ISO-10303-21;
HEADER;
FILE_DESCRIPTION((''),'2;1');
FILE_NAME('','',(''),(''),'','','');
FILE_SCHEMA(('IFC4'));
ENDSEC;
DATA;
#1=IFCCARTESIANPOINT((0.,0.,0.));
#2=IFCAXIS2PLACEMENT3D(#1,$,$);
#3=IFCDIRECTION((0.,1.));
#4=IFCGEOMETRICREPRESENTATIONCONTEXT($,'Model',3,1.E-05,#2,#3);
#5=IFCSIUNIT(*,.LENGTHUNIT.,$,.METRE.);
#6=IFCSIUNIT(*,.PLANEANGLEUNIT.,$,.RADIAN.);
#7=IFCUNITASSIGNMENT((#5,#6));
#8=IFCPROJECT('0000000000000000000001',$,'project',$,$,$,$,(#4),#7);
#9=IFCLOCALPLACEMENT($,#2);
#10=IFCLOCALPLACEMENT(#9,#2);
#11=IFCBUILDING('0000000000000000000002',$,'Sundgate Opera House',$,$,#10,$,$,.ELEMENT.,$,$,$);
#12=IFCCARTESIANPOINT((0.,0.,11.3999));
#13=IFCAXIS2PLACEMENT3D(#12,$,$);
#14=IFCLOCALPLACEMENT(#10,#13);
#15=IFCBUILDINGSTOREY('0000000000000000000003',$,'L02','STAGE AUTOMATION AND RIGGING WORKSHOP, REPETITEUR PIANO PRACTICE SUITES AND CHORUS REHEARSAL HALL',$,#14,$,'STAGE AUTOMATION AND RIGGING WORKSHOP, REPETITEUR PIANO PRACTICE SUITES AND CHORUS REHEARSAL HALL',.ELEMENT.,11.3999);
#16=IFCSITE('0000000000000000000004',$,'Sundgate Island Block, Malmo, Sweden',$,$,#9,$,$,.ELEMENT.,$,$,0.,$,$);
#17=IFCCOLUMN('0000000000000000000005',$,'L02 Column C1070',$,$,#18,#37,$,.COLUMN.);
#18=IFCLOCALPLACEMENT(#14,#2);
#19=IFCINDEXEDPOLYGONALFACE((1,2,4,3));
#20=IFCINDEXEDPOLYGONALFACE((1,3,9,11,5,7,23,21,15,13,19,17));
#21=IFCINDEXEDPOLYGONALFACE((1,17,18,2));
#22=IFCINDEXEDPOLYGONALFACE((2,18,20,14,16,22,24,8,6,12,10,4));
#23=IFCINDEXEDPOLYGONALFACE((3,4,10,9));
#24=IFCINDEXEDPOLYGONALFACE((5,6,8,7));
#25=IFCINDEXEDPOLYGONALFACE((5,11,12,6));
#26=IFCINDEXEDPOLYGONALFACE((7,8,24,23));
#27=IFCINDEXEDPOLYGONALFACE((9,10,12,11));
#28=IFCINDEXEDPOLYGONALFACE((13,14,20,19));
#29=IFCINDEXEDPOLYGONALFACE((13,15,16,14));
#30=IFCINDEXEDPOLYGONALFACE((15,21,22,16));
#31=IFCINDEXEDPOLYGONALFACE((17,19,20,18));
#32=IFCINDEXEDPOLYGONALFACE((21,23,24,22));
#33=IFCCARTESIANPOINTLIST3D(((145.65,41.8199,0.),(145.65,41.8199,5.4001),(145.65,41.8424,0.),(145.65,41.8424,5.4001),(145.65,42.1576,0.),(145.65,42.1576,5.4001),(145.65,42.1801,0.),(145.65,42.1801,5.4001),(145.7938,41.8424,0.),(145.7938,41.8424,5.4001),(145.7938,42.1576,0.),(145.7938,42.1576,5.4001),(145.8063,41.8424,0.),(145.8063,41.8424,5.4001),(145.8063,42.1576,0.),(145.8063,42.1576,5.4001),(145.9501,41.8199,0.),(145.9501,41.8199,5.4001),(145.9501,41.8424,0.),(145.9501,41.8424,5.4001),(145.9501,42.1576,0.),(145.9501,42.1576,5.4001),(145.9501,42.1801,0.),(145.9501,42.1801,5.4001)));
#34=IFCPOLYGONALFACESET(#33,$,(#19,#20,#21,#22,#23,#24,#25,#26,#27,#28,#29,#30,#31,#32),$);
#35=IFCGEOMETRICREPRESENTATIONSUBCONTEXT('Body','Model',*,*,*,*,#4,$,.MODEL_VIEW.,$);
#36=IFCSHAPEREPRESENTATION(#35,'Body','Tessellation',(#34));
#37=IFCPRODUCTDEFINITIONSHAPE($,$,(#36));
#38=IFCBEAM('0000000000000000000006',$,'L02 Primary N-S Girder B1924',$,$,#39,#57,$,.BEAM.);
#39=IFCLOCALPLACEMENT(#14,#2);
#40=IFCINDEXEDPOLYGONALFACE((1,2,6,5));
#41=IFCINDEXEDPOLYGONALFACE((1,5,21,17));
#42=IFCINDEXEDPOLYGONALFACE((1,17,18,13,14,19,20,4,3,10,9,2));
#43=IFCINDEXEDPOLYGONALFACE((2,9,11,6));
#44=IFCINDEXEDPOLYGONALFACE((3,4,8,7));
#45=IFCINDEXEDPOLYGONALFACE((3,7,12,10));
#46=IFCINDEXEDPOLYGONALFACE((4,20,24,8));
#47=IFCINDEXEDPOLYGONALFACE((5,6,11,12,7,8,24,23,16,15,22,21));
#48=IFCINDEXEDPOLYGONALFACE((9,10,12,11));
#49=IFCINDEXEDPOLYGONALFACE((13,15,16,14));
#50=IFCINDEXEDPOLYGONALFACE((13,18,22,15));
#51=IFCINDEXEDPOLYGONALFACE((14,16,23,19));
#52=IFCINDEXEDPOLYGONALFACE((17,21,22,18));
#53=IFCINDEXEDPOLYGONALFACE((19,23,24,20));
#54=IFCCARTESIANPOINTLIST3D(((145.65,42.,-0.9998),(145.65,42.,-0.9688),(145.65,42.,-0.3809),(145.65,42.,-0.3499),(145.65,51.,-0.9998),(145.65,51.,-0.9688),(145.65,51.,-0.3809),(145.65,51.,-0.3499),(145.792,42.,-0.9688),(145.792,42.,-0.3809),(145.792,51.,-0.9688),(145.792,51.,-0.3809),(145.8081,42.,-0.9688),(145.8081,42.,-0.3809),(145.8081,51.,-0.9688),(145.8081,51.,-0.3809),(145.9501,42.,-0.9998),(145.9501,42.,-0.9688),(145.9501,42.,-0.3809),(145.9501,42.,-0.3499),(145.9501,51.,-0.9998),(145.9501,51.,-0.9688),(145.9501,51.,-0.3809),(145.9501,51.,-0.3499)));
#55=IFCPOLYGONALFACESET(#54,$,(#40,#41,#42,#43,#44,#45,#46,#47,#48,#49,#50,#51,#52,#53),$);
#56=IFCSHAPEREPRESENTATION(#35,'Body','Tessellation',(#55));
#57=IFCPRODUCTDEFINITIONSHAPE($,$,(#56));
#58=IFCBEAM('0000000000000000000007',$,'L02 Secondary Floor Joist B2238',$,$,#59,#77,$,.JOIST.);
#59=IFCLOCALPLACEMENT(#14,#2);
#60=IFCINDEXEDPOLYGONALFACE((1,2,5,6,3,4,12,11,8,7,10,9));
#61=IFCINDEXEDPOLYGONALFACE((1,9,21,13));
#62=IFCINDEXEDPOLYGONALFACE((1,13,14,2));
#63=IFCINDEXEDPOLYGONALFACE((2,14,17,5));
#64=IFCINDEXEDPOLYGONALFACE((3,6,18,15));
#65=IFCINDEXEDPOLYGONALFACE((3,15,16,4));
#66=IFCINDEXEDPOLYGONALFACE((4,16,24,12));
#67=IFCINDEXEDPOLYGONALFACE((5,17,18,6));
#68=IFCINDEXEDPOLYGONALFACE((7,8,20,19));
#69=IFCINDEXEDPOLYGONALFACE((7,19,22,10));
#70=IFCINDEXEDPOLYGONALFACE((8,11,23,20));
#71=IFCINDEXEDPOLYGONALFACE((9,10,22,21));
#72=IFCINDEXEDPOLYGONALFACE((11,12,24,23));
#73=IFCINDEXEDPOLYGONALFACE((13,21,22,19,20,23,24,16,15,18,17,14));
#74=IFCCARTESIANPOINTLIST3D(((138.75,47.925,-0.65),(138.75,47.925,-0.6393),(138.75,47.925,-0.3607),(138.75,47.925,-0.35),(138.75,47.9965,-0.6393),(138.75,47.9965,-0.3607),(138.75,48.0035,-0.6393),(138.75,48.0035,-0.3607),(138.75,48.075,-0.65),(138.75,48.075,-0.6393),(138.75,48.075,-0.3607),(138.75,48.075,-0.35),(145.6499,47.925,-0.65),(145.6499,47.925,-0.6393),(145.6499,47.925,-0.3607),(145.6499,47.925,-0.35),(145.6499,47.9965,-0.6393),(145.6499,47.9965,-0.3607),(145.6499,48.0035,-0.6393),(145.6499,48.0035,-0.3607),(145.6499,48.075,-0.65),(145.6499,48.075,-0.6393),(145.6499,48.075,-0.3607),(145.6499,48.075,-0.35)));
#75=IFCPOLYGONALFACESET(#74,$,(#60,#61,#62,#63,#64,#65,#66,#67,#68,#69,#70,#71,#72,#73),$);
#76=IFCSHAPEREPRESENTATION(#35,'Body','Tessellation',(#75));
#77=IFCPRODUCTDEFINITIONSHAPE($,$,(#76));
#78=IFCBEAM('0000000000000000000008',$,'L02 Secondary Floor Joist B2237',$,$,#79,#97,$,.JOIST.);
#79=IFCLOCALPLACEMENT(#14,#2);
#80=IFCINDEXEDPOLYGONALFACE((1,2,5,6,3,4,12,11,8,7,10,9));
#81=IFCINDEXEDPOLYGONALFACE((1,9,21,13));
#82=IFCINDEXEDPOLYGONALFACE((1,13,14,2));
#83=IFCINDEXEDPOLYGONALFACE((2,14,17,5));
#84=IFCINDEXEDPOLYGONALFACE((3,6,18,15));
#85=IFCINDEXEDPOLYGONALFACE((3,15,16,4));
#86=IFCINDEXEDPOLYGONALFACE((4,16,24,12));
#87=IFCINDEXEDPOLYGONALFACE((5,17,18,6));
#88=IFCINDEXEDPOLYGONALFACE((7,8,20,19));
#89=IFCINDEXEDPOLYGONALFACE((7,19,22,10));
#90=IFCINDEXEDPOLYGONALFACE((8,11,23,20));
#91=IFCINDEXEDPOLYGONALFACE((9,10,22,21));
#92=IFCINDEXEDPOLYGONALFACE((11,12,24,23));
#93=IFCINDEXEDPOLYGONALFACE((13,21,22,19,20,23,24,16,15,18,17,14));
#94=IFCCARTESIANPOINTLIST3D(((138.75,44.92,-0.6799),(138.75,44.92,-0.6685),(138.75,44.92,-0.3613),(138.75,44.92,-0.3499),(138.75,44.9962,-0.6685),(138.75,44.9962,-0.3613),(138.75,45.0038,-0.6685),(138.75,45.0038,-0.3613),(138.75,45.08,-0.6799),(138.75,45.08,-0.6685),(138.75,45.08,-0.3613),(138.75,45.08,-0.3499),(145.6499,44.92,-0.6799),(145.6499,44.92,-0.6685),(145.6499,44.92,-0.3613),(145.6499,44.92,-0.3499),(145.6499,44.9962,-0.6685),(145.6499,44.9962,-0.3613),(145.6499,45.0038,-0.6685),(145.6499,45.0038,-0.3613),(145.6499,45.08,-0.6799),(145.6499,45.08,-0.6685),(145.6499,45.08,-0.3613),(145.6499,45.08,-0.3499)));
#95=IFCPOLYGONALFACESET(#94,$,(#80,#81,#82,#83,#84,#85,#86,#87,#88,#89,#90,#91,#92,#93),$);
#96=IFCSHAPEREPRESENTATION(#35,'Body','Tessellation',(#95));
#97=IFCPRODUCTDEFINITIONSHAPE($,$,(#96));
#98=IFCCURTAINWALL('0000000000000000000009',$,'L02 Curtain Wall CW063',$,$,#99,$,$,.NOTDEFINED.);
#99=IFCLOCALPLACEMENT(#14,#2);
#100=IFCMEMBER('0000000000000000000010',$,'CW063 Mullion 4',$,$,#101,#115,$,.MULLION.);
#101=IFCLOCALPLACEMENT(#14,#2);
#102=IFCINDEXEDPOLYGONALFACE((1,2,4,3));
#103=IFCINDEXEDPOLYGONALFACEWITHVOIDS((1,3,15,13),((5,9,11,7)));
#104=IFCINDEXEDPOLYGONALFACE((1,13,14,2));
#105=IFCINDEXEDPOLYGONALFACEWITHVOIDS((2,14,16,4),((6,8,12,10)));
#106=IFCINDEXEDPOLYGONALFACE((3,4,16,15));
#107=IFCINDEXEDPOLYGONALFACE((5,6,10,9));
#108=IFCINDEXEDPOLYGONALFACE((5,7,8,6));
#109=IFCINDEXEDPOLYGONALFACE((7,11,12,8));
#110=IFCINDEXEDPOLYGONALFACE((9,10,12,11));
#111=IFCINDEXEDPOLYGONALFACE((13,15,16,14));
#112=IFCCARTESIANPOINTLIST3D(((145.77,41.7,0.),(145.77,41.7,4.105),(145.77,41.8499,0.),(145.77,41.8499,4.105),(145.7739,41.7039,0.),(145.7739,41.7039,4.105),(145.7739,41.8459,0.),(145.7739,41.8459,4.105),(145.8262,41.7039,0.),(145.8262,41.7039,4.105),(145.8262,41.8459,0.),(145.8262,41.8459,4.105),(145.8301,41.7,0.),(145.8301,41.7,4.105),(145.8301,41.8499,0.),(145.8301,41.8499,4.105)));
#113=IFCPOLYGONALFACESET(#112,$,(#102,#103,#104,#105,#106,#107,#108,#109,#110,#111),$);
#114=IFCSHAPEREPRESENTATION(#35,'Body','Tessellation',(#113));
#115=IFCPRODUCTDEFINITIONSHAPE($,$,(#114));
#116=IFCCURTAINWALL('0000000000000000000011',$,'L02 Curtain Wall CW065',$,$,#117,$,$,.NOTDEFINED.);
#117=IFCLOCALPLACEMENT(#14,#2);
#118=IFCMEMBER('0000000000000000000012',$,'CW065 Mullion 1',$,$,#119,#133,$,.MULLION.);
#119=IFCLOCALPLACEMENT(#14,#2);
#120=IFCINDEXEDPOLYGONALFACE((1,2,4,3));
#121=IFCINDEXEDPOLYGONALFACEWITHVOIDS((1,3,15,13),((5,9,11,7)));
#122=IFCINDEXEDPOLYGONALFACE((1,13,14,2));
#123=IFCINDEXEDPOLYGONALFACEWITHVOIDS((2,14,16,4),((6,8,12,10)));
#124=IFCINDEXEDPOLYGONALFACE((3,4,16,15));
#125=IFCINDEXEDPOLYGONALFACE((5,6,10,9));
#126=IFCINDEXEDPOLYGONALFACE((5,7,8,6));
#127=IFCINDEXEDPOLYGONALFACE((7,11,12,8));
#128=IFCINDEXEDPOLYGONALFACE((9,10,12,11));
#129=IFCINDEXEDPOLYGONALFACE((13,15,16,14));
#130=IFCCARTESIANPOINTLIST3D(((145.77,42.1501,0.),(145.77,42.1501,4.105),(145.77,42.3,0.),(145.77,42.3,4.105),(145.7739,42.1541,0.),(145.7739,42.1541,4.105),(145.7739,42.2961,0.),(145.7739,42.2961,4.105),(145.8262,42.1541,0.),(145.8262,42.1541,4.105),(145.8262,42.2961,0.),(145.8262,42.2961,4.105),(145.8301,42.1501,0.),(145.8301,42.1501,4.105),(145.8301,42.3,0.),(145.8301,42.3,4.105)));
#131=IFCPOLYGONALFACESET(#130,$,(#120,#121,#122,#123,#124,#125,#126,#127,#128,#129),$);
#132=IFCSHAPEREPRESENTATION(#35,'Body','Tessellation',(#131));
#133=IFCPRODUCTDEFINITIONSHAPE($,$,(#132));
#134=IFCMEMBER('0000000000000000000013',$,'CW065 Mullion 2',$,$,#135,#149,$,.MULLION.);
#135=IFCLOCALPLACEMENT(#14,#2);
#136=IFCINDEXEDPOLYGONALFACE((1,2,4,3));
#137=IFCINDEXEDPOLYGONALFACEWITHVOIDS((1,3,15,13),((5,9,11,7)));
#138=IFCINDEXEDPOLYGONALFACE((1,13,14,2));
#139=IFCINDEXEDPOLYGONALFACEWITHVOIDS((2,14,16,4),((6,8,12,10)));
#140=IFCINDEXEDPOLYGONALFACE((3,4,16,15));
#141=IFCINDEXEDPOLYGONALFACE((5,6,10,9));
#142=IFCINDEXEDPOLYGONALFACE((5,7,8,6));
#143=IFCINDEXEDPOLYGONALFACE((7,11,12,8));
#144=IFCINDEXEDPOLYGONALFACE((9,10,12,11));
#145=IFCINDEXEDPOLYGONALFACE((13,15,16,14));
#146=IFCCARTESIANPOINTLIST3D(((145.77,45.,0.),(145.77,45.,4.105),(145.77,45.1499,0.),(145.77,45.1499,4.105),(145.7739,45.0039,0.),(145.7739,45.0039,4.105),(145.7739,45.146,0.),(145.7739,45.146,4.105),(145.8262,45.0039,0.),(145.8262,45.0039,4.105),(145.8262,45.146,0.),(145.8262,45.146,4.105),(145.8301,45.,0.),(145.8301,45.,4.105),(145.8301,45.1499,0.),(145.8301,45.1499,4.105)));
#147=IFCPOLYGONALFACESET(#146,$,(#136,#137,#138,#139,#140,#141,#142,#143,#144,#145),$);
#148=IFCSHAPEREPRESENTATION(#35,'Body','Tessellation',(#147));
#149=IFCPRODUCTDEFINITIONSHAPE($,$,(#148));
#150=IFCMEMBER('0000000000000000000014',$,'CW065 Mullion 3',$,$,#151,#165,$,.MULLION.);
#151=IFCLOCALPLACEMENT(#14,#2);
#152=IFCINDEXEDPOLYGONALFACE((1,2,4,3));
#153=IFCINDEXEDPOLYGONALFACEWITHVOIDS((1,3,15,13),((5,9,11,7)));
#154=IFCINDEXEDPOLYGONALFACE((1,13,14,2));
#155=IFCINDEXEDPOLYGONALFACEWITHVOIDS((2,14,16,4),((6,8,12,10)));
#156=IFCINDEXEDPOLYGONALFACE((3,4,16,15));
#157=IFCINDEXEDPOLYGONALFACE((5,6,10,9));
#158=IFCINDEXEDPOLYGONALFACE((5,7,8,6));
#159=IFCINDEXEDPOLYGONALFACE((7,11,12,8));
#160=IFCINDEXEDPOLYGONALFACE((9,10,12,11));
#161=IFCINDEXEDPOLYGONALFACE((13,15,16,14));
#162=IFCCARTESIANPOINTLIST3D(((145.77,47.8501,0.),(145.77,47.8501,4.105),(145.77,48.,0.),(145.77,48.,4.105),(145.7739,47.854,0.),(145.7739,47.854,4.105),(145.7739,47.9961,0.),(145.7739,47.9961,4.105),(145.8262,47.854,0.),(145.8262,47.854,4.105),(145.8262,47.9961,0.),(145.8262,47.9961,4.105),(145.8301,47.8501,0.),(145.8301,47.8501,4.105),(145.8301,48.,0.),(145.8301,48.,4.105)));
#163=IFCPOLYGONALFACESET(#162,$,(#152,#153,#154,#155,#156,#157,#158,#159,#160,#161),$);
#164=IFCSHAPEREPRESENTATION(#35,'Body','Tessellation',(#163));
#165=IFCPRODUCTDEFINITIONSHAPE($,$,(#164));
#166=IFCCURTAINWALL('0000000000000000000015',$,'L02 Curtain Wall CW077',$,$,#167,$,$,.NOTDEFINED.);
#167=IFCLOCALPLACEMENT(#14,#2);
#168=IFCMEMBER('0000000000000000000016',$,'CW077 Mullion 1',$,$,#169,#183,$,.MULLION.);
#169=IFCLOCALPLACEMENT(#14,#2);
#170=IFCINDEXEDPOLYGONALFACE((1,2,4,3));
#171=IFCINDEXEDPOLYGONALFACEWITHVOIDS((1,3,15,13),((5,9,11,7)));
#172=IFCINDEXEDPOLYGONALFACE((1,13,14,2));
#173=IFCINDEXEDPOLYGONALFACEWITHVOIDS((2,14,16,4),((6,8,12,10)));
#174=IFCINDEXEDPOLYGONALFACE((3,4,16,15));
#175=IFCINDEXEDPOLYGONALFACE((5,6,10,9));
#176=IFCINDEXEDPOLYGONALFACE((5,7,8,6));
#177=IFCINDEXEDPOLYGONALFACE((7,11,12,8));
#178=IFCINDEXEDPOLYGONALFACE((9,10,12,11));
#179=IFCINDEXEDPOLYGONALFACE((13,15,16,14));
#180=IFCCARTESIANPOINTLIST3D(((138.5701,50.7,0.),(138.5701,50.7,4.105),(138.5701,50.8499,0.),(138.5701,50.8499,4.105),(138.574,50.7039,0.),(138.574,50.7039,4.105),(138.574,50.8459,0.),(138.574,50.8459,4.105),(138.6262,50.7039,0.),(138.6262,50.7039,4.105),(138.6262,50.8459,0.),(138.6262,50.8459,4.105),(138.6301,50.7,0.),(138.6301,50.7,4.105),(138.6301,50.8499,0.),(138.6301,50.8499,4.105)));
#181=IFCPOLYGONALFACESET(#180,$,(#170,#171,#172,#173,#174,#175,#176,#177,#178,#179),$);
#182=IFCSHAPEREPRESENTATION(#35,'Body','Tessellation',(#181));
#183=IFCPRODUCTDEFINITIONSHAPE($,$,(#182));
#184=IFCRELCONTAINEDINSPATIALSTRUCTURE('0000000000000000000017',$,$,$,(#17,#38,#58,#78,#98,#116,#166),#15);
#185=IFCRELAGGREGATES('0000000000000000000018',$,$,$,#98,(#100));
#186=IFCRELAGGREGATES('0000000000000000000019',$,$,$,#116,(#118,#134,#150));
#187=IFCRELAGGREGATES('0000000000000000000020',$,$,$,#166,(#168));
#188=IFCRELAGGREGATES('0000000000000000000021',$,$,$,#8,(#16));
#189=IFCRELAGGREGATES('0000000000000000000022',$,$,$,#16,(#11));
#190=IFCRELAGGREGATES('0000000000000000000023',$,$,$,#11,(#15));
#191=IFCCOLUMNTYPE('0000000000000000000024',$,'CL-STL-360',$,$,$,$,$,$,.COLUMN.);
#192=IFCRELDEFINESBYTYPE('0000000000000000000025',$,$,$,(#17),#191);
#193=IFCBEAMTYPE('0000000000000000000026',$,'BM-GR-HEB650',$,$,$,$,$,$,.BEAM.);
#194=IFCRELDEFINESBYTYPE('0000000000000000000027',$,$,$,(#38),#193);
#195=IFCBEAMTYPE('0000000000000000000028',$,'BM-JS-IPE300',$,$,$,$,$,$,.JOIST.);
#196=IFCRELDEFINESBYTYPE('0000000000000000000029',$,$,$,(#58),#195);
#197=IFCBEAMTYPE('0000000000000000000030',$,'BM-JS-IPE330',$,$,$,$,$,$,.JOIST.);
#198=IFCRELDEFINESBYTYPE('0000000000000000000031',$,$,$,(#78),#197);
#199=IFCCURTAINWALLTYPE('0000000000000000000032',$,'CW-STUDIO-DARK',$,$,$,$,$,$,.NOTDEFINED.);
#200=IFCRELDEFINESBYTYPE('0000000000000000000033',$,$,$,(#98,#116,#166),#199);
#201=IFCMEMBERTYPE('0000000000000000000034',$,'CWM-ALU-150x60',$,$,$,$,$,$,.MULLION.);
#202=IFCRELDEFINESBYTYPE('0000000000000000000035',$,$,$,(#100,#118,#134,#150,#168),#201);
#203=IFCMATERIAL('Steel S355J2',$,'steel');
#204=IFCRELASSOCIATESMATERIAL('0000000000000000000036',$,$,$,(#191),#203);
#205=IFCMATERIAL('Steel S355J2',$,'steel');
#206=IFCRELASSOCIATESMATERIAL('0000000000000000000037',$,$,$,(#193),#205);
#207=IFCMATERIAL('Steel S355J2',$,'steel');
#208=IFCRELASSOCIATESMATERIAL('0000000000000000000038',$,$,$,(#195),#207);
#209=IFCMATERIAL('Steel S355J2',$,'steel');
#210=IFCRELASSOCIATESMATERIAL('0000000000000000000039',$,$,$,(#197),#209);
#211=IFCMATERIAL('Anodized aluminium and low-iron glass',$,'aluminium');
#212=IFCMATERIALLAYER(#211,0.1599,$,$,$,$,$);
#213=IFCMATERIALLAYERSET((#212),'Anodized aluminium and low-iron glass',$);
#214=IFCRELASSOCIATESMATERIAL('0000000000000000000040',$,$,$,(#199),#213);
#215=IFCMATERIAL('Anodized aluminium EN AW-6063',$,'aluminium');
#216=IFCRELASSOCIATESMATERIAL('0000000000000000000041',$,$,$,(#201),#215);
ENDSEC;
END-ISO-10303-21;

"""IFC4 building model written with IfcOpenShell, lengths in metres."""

from ifc_helpers import new_model, si_unit, direction, frame, origin, origin_2d, place, context, subcontext, project, spatial, hollow_rectangle, i_section, extrude, material, layer, layer_set, material_profile, profile_set, type_object, element, aggregate, save


model = new_model("IFC4")

# Units and contexts
model_context = context("Model", 3, precision=1e-05, world=origin(), true_north=direction((0.0, 1.0)))
body_context = subcontext(model_context, "Body", "Model", "MODEL_VIEW")
ifc_project = project(units=[si_unit("LENGTHUNIT", "METRE"), si_unit("PLANEANGLEUNIT", "RADIAN")], contexts=[model_context])

# Site, building, storey
site_placement = place(None, origin())
site = spatial("IfcSite", under=ifc_project, at=site_placement, Name="Sundgate Island Block, Malmo, Sweden", CompositionType="ELEMENT", RefElevation=0.0)
building_placement = place(site_placement, origin())
building = spatial("IfcBuilding", under=site, at=building_placement, Name="Sundgate Opera House", CompositionType="ELEMENT")
storey_placement = place(building_placement, frame((0.0, 0.0, 11.3999)))
storey = spatial("IfcBuildingStorey", under=building, at=storey_placement, Name="L02", Description="STAGE AUTOMATION AND RIGGING WORKSHOP, REPETITEUR PIANO PRACTICE SUITES AND CHORUS REHEARSAL HALL", LongName="STAGE AUTOMATION AND RIGGING WORKSHOP, REPETITEUR PIANO PRACTICE SUITES AND CHORUS REHEARSAL HALL", CompositionType="ELEMENT", Elevation=11.3999)

# Column
ifc_material_1 = material(Name="Steel S355J2", Category="steel")
ifc_material_profile_1 = material_profile(ifc_material_1, i_section(OverallWidth=0.3, OverallDepth=0.3601, WebThickness=0.0125, FlangeThickness=0.0225, at=origin_2d()), Name="HEB 360")
ifc_profile_set_1 = profile_set([ifc_material_profile_1], Name="Steel S355J2")
column_type = type_object("IfcColumnType", Name="CL-STL-360", PredefinedType="COLUMN", material=ifc_profile_set_1)
column_placement = place(storey_placement, frame((145.8, 42.0, 0.0), z_axis=(0.0, 0.0, 1.0), x_axis=(1.0, 0.0, 0.0)))
element("IfcColumn", 1, at=column_placement, inside=storey, type_object=column_type, Name="L02 Column C1070", PredefinedType="COLUMN", context=body_context, shape_type="SweptSolid", body=[
    extrude(i_section(OverallWidth=0.3, OverallDepth=0.3601, WebThickness=0.0125, FlangeThickness=0.0225, at=origin_2d()), origin(), (0.0, 0.0, 1.0), 5.4001),
])

# Beams
ifc_material_2 = material(Name="Steel S355J2", Category="steel")
ifc_material_profile_2 = material_profile(ifc_material_2, i_section(OverallWidth=0.3, OverallDepth=0.6499, WebThickness=0.0161, FlangeThickness=0.031, at=origin_2d()), Name="HEB 650")
ifc_profile_set_2 = profile_set([ifc_material_profile_2], Name="Steel S355J2")
beam_type_1 = type_object("IfcBeamType", Name="BM-GR-HEB650", PredefinedType="BEAM", material=ifc_profile_set_2)
beam_1_placement = place(storey_placement, frame((145.8, 42.0, -0.6748), z_axis=(0.0, 1.0, 0.0), x_axis=(-1.0, 0.0, 0.0)))
element("IfcBeam", 2, at=beam_1_placement, inside=storey, type_object=beam_type_1, Name="L02 Primary N-S Girder B1924", PredefinedType="BEAM", context=body_context, shape_type="SweptSolid", body=[
    extrude(i_section(OverallWidth=0.3, OverallDepth=0.6499, WebThickness=0.0161, FlangeThickness=0.031, at=origin_2d()), origin(), (0.0, 0.0, 1.0), 9.0),
])
ifc_material_3 = material(Name="Steel S355J2", Category="steel")
ifc_material_profile_3 = material_profile(ifc_material_3, i_section(OverallWidth=0.1499, OverallDepth=0.3, WebThickness=0.0071, FlangeThickness=0.0107, at=origin_2d()), Name="IPE 300")
ifc_profile_set_3 = profile_set([ifc_material_profile_3], Name="Steel S355J2")
beam_type_2 = type_object("IfcBeamType", Name="BM-JS-IPE300", PredefinedType="JOIST", material=ifc_profile_set_3)
beam_2_placement = place(storey_placement, frame((138.75, 48.0, -0.5), z_axis=(1.0, 0.0, 0.0), x_axis=(0.0, 1.0, 0.0)))
element("IfcBeam", 3, at=beam_2_placement, inside=storey, type_object=beam_type_2, Name="L02 Secondary Floor Joist B2238", PredefinedType="JOIST", context=body_context, shape_type="SweptSolid", body=[
    extrude(i_section(OverallWidth=0.1499, OverallDepth=0.3, WebThickness=0.0071, FlangeThickness=0.0107, at=origin_2d()), origin(), (0.0, 0.0, 1.0), 6.8999),
])
ifc_material_4 = material(Name="Steel S355J2", Category="steel")
ifc_material_profile_4 = material_profile(ifc_material_4, i_section(OverallWidth=0.1599, OverallDepth=0.3301, WebThickness=0.0076, FlangeThickness=0.0115, at=origin_2d()), Name="IPE 330")
ifc_profile_set_4 = profile_set([ifc_material_profile_4], Name="Steel S355J2")
beam_type_3 = type_object("IfcBeamType", Name="BM-JS-IPE330", PredefinedType="JOIST", material=ifc_profile_set_4)
beam_3_placement = place(storey_placement, frame((138.75, 45.0, -0.5149), z_axis=(1.0, 0.0, 0.0), x_axis=(0.0, 1.0, 0.0)))
element("IfcBeam", 4, at=beam_3_placement, inside=storey, type_object=beam_type_3, Name="L02 Secondary Floor Joist B2237", PredefinedType="JOIST", context=body_context, shape_type="SweptSolid", body=[
    extrude(i_section(OverallWidth=0.1599, OverallDepth=0.3301, WebThickness=0.0076, FlangeThickness=0.0115, at=origin_2d()), origin(), (0.0, 0.0, 1.0), 6.8999),
])

# Curtain wall, member
ifc_material_5 = material(Name="Anodized aluminium and low-iron glass", Category="aluminium")
ifc_layer_1 = layer(ifc_material_5, 0.1599)
ifc_layer_set_1 = layer_set([ifc_layer_1], Name="Anodized aluminium and low-iron glass")
curtain_wall_type = type_object("IfcCurtainWallType", Name="CW-STUDIO-DARK", PredefinedType="NOTDEFINED", material=ifc_layer_set_1)
curtain_wall_1_placement = place(storey_placement, origin())
curtain_wall_1 = element("IfcCurtainWall", 5, at=curtain_wall_1_placement, inside=storey, type_object=curtain_wall_type, Name="L02 Curtain Wall CW063", PredefinedType="NOTDEFINED")
ifc_material_6 = material(Name="Anodized aluminium EN AW-6063", Category="aluminium")
ifc_material_profile_5 = material_profile(ifc_material_6, hollow_rectangle(XDim=0.0601, YDim=0.1499, WallThickness=0.0039, at=origin_2d()), Name="CWM 150x60x4")
ifc_profile_set_5 = profile_set([ifc_material_profile_5], Name="Anodized aluminium EN AW-6063")
member_type_1 = type_object("IfcMemberType", Name="CWM-ALU-150x60", PredefinedType="MULLION", material=ifc_profile_set_5)
member_1_placement = place(storey_placement, frame((145.8, 41.7749, 0.0), z_axis=(0.0, 0.0, 1.0), x_axis=(1.0, 0.0, 0.0)))
member_1 = element("IfcMember", 6, at=member_1_placement, type_object=member_type_1, Name="CW063 Mullion 4", PredefinedType="MULLION", context=body_context, shape_type="SweptSolid", body=[
    extrude(hollow_rectangle(XDim=0.0601, YDim=0.1499, WallThickness=0.0039, at=origin_2d()), origin(), (0.0, 0.0, 1.0), 4.105),
])
aggregate(curtain_wall_1, [member_1])

# Curtain walls, members
curtain_wall_2_placement = place(storey_placement, origin())
curtain_wall_2 = element("IfcCurtainWall", 7, at=curtain_wall_2_placement, inside=storey, type_object=curtain_wall_type, Name="L02 Curtain Wall CW065", PredefinedType="NOTDEFINED")
member_2_placement = place(storey_placement, frame((145.8, 42.2251, 0.0), z_axis=(0.0, 0.0, 1.0), x_axis=(1.0, 0.0, 0.0)))
member_2 = element("IfcMember", 8, at=member_2_placement, type_object=member_type_1, Name="CW065 Mullion 1", PredefinedType="MULLION", context=body_context, shape_type="SweptSolid", body=[
    extrude(hollow_rectangle(XDim=0.0601, YDim=0.1499, WallThickness=0.0039, at=origin_2d()), origin(), (0.0, 0.0, 1.0), 4.105),
])
member_3_placement = place(storey_placement, frame((145.8, 45.075, 0.0), z_axis=(0.0, 0.0, 1.0), x_axis=(1.0, 0.0, 0.0)))
member_3 = element("IfcMember", 9, at=member_3_placement, type_object=member_type_1, Name="CW065 Mullion 2", PredefinedType="MULLION", context=body_context, shape_type="SweptSolid", body=[
    extrude(hollow_rectangle(XDim=0.0601, YDim=0.1499, WallThickness=0.0039, at=origin_2d()), origin(), (0.0, 0.0, 1.0), 4.105),
])
member_4_placement = place(storey_placement, frame((145.8, 47.925, 0.0), z_axis=(0.0, 0.0, 1.0), x_axis=(1.0, 0.0, 0.0)))
member_4 = element("IfcMember", 10, at=member_4_placement, type_object=member_type_1, Name="CW065 Mullion 3", PredefinedType="MULLION", context=body_context, shape_type="SweptSolid", body=[
    extrude(hollow_rectangle(XDim=0.0601, YDim=0.1499, WallThickness=0.0039, at=origin_2d()), origin(), (0.0, 0.0, 1.0), 4.105),
])
curtain_wall_3_placement = place(storey_placement, origin())
curtain_wall_3 = element("IfcCurtainWall", 11, at=curtain_wall_3_placement, inside=storey, type_object=curtain_wall_type, Name="L02 Curtain Wall CW077", PredefinedType="NOTDEFINED")
member_5_placement = place(storey_placement, frame((138.6001, 50.7749, 0.0), z_axis=(0.0, 0.0, 1.0), x_axis=(1.0, 0.0, 0.0)))
member_5 = element("IfcMember", 12, at=member_5_placement, type_object=member_type_1, Name="CW077 Mullion 1", PredefinedType="MULLION", context=body_context, shape_type="SweptSolid", body=[
    extrude(hollow_rectangle(XDim=0.0601, YDim=0.1499, WallThickness=0.0039, at=origin_2d()), origin(), (0.0, 0.0, 1.0), 4.105),
])

aggregate(curtain_wall_2, [member_2, member_3, member_4])
aggregate(curtain_wall_3, [member_5])

save(model, "model.ifc")
